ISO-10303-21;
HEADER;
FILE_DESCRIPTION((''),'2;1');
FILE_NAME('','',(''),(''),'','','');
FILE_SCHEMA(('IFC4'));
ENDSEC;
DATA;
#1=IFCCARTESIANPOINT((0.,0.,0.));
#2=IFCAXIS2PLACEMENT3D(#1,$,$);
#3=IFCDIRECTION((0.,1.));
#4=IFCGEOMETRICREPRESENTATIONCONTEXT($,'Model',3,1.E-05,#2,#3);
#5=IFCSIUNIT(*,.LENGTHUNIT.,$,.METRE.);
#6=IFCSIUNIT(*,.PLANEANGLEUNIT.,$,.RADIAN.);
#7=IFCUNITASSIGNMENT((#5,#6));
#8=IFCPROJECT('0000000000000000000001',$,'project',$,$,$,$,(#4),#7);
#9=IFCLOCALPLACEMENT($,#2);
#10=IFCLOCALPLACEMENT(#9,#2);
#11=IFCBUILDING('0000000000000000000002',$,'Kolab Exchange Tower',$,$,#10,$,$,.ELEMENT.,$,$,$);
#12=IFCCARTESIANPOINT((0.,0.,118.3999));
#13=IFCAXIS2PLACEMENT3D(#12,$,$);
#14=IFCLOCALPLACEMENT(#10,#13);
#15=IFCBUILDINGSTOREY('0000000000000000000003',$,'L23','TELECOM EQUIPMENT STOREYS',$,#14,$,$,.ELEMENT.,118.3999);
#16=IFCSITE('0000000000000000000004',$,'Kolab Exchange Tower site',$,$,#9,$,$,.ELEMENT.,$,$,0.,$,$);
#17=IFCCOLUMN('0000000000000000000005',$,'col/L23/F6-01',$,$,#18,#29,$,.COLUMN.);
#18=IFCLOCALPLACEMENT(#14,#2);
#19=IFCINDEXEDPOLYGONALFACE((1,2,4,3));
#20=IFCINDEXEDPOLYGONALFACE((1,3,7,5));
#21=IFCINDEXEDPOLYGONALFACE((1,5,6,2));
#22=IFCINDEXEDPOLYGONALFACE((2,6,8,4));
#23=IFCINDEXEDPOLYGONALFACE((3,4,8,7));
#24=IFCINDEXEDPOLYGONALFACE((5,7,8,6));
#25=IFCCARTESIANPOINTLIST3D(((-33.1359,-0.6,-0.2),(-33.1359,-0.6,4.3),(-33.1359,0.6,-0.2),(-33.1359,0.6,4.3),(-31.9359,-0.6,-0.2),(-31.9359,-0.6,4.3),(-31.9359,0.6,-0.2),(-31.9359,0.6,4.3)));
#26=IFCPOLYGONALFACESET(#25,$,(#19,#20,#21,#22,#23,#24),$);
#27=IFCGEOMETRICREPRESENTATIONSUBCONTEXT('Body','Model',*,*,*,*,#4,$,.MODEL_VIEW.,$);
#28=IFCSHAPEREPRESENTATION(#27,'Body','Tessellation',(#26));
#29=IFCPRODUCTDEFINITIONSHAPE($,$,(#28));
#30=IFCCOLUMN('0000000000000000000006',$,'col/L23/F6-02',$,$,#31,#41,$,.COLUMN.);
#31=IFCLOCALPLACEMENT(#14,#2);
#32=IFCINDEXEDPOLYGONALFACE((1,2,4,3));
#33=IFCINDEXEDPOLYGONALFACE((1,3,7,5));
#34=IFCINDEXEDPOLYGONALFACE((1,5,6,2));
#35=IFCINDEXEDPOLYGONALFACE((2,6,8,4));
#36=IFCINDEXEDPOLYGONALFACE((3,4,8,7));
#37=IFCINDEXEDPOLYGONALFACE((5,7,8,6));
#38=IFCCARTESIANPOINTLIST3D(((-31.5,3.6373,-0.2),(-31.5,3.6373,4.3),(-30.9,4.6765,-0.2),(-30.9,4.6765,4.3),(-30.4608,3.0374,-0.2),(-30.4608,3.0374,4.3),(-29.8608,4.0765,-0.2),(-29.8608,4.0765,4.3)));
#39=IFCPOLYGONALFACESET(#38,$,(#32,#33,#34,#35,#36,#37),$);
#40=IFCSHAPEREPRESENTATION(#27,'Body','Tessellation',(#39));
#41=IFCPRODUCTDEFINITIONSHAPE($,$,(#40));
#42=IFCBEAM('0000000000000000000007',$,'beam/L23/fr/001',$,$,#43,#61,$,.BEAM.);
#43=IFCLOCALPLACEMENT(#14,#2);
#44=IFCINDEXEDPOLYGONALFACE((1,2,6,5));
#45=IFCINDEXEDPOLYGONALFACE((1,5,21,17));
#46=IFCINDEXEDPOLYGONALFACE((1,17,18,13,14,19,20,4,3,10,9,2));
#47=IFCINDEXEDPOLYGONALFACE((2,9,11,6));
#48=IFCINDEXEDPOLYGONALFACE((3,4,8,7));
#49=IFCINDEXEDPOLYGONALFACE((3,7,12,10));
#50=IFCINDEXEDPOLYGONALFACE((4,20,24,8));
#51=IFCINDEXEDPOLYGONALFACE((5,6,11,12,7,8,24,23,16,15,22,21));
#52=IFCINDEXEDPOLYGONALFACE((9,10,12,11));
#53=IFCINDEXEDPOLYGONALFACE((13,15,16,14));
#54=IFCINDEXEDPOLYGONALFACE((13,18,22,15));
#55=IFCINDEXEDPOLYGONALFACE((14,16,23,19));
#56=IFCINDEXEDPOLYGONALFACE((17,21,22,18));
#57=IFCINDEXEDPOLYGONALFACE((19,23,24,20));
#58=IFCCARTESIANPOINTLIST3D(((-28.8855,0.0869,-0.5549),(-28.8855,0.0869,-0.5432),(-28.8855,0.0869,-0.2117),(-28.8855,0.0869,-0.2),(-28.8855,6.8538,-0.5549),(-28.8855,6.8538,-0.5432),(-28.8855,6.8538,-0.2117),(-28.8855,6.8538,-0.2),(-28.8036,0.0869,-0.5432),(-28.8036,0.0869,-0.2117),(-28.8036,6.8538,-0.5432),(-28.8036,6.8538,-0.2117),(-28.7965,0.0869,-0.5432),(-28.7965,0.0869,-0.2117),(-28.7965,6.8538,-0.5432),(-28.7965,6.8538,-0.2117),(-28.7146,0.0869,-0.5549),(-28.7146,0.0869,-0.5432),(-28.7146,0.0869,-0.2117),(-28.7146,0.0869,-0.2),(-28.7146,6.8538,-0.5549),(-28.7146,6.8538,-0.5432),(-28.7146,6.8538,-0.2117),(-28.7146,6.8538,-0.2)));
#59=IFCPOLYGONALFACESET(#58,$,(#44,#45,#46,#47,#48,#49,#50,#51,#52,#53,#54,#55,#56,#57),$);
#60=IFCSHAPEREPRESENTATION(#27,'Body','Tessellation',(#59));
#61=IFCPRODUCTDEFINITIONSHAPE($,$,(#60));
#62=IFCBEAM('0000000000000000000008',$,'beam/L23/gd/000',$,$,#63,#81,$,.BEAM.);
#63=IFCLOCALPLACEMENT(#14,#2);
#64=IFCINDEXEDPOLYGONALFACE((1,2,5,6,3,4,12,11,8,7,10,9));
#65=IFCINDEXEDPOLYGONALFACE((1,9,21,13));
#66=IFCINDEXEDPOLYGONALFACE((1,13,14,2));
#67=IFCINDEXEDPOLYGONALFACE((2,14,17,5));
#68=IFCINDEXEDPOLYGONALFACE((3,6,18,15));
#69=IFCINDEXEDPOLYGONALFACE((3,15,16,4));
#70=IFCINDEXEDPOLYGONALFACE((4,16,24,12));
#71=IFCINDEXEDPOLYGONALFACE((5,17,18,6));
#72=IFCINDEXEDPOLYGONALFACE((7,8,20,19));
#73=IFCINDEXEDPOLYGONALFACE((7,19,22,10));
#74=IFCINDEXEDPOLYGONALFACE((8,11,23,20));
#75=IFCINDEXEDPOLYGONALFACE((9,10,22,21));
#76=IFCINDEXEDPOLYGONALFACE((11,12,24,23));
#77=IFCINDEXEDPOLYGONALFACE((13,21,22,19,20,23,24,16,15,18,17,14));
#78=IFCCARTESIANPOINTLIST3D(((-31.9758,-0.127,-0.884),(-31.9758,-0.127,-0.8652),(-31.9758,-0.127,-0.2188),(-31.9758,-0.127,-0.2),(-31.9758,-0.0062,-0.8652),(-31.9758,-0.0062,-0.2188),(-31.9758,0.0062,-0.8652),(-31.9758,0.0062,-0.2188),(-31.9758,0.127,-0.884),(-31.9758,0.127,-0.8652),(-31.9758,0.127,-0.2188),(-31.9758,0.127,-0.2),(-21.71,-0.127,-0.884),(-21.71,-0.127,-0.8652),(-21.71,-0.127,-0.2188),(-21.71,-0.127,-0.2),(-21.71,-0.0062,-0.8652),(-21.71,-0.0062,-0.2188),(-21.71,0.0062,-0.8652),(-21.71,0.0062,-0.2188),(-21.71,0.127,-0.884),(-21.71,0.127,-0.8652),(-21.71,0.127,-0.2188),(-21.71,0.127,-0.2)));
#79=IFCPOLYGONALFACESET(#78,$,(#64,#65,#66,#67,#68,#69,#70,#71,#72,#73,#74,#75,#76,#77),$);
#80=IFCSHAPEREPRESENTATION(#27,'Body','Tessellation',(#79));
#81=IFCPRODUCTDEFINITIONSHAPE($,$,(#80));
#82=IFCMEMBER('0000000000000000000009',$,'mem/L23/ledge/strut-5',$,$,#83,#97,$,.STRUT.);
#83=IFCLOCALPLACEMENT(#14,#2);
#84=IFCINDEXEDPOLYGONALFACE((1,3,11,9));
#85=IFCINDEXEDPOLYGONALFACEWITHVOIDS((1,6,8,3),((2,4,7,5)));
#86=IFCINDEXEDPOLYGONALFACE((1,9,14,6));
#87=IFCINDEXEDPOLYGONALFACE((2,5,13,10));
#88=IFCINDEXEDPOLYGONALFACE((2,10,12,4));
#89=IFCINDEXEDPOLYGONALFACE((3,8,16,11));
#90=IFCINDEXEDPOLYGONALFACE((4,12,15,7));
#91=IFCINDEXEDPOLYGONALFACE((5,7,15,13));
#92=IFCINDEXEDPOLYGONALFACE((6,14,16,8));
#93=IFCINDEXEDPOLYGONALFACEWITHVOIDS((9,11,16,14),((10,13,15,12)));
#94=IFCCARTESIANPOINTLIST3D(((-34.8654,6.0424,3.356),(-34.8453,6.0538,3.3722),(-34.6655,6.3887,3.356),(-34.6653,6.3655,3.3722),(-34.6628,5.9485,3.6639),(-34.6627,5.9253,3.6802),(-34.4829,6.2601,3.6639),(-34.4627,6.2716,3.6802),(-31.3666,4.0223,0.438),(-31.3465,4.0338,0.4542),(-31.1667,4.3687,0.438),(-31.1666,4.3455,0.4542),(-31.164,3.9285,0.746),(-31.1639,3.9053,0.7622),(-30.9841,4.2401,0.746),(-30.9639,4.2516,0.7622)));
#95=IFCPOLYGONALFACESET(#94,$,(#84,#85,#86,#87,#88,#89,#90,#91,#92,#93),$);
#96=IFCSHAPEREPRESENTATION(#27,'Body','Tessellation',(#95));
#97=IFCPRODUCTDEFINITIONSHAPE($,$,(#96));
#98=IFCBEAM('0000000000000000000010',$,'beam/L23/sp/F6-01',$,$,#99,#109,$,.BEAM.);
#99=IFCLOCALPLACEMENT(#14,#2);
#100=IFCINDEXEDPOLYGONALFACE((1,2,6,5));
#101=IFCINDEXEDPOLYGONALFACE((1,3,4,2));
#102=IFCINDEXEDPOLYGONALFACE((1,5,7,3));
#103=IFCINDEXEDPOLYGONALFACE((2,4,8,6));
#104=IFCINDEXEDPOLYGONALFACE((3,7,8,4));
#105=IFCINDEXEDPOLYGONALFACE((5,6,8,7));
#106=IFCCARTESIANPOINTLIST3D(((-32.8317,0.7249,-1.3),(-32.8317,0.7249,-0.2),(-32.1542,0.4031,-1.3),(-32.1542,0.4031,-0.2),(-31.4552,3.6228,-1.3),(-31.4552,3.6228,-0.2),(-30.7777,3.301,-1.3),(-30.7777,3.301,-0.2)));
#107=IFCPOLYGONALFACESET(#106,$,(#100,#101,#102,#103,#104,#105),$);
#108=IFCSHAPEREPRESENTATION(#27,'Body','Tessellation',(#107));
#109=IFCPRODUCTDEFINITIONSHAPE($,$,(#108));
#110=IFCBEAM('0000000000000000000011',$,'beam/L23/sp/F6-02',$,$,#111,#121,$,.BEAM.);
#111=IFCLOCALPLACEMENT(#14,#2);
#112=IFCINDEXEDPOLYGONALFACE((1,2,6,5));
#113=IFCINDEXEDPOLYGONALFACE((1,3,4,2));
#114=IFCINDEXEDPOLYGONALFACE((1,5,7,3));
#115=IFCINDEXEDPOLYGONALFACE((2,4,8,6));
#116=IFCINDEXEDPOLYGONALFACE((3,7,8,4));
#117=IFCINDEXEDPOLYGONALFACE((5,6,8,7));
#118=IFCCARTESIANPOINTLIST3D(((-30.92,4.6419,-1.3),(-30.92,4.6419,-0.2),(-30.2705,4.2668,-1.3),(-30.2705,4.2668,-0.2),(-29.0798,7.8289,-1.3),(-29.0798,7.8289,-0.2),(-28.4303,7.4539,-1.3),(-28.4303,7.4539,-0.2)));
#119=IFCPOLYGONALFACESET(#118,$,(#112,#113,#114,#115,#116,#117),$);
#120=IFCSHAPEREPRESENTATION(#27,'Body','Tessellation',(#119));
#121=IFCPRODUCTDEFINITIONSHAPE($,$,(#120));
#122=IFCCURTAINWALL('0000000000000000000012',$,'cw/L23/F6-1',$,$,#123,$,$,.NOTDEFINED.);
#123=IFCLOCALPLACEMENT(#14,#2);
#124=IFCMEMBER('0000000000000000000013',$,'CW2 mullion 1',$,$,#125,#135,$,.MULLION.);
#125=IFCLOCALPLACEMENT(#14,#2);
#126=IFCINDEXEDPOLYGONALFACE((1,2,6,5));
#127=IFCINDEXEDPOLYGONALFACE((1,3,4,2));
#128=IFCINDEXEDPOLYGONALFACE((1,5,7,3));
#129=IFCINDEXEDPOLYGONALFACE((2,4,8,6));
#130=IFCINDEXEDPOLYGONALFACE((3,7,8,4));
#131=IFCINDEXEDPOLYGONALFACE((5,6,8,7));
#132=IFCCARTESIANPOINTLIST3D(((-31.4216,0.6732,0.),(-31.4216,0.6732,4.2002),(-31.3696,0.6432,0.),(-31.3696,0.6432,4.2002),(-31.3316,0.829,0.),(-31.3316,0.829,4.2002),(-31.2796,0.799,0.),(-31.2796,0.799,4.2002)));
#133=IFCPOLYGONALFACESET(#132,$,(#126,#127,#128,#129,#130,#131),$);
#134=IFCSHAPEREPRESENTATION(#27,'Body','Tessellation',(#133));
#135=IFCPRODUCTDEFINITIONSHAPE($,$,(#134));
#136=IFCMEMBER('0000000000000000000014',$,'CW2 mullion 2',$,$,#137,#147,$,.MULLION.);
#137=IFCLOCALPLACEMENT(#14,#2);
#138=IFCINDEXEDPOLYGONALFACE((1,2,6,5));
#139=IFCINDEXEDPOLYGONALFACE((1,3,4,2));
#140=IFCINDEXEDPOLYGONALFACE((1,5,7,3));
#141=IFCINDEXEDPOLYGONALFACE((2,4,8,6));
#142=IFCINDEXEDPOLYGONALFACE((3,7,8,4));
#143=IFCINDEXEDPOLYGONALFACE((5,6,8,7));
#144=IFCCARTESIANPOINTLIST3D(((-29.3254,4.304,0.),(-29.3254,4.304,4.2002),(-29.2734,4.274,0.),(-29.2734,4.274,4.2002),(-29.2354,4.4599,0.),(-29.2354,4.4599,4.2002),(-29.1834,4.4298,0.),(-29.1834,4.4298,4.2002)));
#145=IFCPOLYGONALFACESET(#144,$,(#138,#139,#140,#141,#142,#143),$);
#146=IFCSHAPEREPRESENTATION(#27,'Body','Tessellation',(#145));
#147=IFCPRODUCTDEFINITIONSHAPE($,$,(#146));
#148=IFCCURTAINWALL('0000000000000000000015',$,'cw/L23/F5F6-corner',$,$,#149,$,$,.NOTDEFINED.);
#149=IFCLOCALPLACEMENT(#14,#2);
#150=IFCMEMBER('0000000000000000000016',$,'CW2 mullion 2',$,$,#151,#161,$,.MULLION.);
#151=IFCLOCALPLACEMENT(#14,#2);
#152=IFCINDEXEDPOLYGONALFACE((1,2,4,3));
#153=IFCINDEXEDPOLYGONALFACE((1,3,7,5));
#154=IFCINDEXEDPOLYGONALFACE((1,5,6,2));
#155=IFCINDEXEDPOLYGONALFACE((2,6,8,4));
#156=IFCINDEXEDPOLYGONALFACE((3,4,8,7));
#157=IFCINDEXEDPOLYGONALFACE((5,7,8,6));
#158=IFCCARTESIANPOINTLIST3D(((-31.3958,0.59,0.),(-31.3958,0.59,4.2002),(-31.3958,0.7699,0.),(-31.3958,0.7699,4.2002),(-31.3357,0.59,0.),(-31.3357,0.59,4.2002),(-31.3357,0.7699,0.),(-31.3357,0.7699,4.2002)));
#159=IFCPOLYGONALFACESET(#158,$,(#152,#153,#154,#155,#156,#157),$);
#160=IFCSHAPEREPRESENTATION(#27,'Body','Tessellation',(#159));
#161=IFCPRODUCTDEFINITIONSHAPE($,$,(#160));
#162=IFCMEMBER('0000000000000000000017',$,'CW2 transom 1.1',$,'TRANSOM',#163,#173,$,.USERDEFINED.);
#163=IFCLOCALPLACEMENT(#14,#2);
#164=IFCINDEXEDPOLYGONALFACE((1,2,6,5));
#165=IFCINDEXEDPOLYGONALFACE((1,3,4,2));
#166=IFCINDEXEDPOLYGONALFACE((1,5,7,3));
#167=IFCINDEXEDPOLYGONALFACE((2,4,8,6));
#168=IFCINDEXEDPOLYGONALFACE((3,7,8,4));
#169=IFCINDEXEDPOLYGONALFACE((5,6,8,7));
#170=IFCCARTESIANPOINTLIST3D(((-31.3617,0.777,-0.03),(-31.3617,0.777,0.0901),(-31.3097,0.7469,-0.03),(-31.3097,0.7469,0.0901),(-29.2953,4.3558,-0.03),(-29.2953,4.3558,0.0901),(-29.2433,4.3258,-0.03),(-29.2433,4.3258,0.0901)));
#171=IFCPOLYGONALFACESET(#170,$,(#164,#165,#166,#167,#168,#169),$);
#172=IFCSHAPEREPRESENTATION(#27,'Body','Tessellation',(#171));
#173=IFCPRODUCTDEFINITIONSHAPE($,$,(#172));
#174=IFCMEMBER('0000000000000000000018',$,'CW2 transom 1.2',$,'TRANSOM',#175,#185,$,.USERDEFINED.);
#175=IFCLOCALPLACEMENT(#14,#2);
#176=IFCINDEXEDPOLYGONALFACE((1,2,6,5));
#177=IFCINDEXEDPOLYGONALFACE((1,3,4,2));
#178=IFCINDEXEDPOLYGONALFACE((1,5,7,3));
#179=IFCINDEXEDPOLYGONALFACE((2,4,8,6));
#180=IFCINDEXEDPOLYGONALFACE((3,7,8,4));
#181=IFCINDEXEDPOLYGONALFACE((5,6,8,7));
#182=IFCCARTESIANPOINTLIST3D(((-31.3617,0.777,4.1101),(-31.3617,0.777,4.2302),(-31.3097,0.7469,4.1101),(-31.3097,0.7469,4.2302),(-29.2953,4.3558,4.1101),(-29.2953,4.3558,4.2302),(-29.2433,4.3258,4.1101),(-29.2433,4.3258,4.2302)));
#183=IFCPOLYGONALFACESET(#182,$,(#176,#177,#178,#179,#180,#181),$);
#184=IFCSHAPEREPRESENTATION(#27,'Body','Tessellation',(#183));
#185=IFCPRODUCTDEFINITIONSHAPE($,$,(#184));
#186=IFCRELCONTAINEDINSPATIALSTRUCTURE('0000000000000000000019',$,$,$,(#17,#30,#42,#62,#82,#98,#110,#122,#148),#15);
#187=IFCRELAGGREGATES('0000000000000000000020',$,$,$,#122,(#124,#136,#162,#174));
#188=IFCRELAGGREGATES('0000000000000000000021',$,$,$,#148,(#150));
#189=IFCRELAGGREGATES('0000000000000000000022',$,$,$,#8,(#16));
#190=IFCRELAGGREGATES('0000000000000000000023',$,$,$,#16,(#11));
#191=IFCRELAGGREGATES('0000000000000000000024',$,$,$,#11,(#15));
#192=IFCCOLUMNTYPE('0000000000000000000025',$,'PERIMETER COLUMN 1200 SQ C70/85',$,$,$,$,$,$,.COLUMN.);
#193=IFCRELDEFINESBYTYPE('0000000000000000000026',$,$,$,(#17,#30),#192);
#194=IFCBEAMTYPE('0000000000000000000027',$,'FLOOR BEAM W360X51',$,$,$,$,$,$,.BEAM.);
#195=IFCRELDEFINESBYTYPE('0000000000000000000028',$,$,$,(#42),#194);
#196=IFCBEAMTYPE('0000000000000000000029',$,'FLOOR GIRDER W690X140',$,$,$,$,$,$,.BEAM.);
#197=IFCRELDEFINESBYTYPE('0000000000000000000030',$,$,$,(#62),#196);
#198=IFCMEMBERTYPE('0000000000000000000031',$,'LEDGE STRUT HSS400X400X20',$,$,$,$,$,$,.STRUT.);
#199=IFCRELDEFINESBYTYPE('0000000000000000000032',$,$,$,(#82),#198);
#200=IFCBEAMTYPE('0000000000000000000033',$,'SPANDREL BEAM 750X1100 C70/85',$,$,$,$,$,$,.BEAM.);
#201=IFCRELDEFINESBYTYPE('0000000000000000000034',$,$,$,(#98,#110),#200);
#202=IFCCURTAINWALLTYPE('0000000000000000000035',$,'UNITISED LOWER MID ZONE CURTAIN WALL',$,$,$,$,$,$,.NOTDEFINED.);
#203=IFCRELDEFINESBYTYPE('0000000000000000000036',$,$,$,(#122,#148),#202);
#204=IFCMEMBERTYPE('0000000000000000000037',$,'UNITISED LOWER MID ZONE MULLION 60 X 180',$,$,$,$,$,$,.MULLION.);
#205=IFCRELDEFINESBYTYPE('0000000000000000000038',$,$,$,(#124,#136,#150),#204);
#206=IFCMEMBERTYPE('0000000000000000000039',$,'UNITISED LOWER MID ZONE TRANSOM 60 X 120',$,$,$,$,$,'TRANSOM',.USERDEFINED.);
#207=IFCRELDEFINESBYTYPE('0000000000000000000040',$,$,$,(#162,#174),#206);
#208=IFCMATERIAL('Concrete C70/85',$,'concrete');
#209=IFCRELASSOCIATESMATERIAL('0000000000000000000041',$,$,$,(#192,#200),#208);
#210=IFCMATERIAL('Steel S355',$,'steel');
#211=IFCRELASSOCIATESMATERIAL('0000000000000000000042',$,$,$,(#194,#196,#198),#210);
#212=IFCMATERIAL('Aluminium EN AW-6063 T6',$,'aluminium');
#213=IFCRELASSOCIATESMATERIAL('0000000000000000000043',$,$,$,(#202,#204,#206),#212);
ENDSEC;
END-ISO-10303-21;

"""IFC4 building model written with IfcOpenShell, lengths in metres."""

from ifc_helpers import new_model, si_unit, direction, frame, origin, origin_2d, place, context, subcontext, project, spatial, rectangle, hollow_rectangle, i_section, extrude, material, material_profile, profile_set, type_object, element, aggregate, save


model = new_model("IFC4")

# Units and contexts
model_context = context("Model", 3, precision=1e-05, world=origin(), true_north=direction((0.0, 1.0)))
body_context = subcontext(model_context, "Body", "Model", "MODEL_VIEW")
ifc_project = project(units=[si_unit("LENGTHUNIT", "METRE"), si_unit("PLANEANGLEUNIT", "RADIAN")], contexts=[model_context])

# Site, building, storey
site_placement = place(None, origin())
site = spatial("IfcSite", under=ifc_project, at=site_placement, Name="Kolab Exchange Tower site", CompositionType="ELEMENT", RefElevation=0.0)
building_placement = place(site_placement, origin())
building = spatial("IfcBuilding", under=site, at=building_placement, Name="Kolab Exchange Tower", CompositionType="ELEMENT")
storey_placement = place(building_placement, frame((0.0, 0.0, 118.3999)))
storey = spatial("IfcBuildingStorey", under=building, at=storey_placement, Name="L23", Description="TELECOM EQUIPMENT STOREYS", CompositionType="ELEMENT", Elevation=118.3999)

# Columns
ifc_material_1 = material(Name="Concrete C70/85", Category="concrete")
ifc_material_profile_1 = material_profile(ifc_material_1, rectangle(XDim=1.2, YDim=1.2, at=origin_2d()), Name="RC1200")
ifc_profile_set_1 = profile_set([ifc_material_profile_1], Name="Concrete C70/85")
column_type = type_object("IfcColumnType", Name="PERIMETER COLUMN 1200 SQ C70/85", PredefinedType="COLUMN", material=ifc_profile_set_1)
for number, where, z_axis, x_axis, name in (
    (1, (-32.5359, 0.0, -0.2), (0.0, 0.0, 1.0), (1.0, 0.0, 0.0), "col/L23/F6-01"),
    (2, (-30.6804, 3.8569, -0.2), (0.0, 0.0, 1.0), (0.5, 0.866025, 0.0), "col/L23/F6-02"),
):
    element("IfcColumn", number, at=place(storey_placement, frame(where, z_axis=z_axis, x_axis=x_axis)), inside=storey, type_object=column_type, Name=name, PredefinedType="COLUMN", context=body_context, shape_type="SweptSolid", body=[
        extrude(rectangle(XDim=1.2, YDim=1.2, at=origin_2d()), origin(), (0.0, 0.0, 1.0), 4.5),
    ])

# Beams
ifc_material_2 = material(Name="Steel S355", Category="steel")
ifc_material_profile_2 = material_profile(ifc_material_2, i_section(OverallWidth=0.1709, OverallDepth=0.355, WebThickness=0.0071, FlangeThickness=0.0117, at=origin_2d()), Name="W360X51")
ifc_profile_set_2 = profile_set([ifc_material_profile_2], Name="Steel S355")
beam_type_1 = type_object("IfcBeamType", Name="FLOOR BEAM W360X51", PredefinedType="BEAM", material=ifc_profile_set_2)
beam_1_placement = place(storey_placement, frame((-28.8, 0.0869, -0.3774), z_axis=(0.0, 1.0, 0.0), x_axis=(-1.0, 0.0, 0.0)))
element("IfcBeam", 3, at=beam_1_placement, inside=storey, type_object=beam_type_1, Name="beam/L23/fr/001", PredefinedType="BEAM", context=body_context, shape_type="SweptSolid", body=[
    extrude(i_section(OverallWidth=0.1709, OverallDepth=0.355, WebThickness=0.0071, FlangeThickness=0.0117, at=origin_2d()), origin(), (0.0, 0.0, 1.0), 6.7668),
])
ifc_material_profile_3 = material_profile(ifc_material_2, i_section(OverallWidth=0.2539, OverallDepth=0.6841, WebThickness=0.0125, FlangeThickness=0.0188, at=origin_2d()), Name="W690X140")
ifc_profile_set_3 = profile_set([ifc_material_profile_3], Name="Steel S355")
beam_type_2 = type_object("IfcBeamType", Name="FLOOR GIRDER W690X140", PredefinedType="BEAM", material=ifc_profile_set_3)
beam_2_placement = place(storey_placement, frame((-31.9758, 0.0, -0.542), z_axis=(1.0, 0.0, 0.0), x_axis=(0.0, 1.0, 0.0)))
element("IfcBeam", 4, at=beam_2_placement, inside=storey, type_object=beam_type_2, Name="beam/L23/gd/000", PredefinedType="BEAM", context=body_context, shape_type="SweptSolid", body=[
    extrude(i_section(OverallWidth=0.2539, OverallDepth=0.6841, WebThickness=0.0125, FlangeThickness=0.0188, at=origin_2d()), origin(), (0.0, 0.0, 1.0), 10.2659),
])

# Member
ifc_material_profile_4 = material_profile(ifc_material_2, hollow_rectangle(XDim=0.3999, YDim=0.3999, WallThickness=0.02, at=origin_2d()), Name="HSS400X400X20")
ifc_profile_set_4 = profile_set([ifc_material_profile_4], Name="Steel S355")
member_type_1 = type_object("IfcMemberType", Name="LEDGE STRUT HSS400X400X20", PredefinedType="STRUT", material=ifc_profile_set_4)
member_1_placement = place(storey_placement, frame((-31.1653, 4.137, 0.6001), z_axis=(-0.702056, 0.405332, 0.585512), x_axis=(-0.5, -0.866026, 0.0)))
element("IfcMember", 5, at=member_1_placement, inside=storey, type_object=member_type_1, Name="mem/L23/ledge/strut-5", PredefinedType="STRUT", context=body_context, shape_type="SweptSolid", body=[
    extrude(hollow_rectangle(XDim=0.3999, YDim=0.3999, WallThickness=0.02, at=origin_2d()), origin(), (0.0, 0.0, 1.0), 4.9836),
])

# Beams
ifc_material_profile_5 = material_profile(ifc_material_1, rectangle(XDim=0.75, YDim=1.1001, at=origin_2d()), Name="RC750X1100")
ifc_profile_set_5 = profile_set([ifc_material_profile_5], Name="Concrete C70/85")
beam_type_3 = type_object("IfcBeamType", Name="SPANDREL BEAM 750X1100 C70/85", PredefinedType="BEAM", material=ifc_profile_set_5)
beam_3_placement = place(storey_placement, frame((-32.4929, 0.564, -0.75), z_axis=(0.429041, 0.903285, 0.0), x_axis=(-0.903285, 0.429041, 0.0)))
element("IfcBeam", 6, at=beam_3_placement, inside=storey, type_object=beam_type_3, Name="beam/L23/sp/F6-01", PredefinedType="BEAM", context=body_context, shape_type="SweptSolid", body=[
    extrude(rectangle(XDim=0.75, YDim=1.1001, at=origin_2d()), origin(), (0.0, 0.0, 1.0), 3.2083),
])
beam_4_placement = place(storey_placement, frame((-30.5952, 4.4543, -0.75), z_axis=(0.500013, 0.866018, 0.0), x_axis=(-0.866018, 0.500013, 0.0)))
element("IfcBeam", 7, at=beam_4_placement, inside=storey, type_object=beam_type_3, Name="beam/L23/sp/F6-02", PredefinedType="BEAM", context=body_context, shape_type="SweptSolid", body=[
    extrude(rectangle(XDim=0.75, YDim=1.1001, at=origin_2d()), origin(), (0.0, 0.0, 1.0), 3.6802),
])

# Curtain wall, members
ifc_material_3 = material(Name="Aluminium EN AW-6063 T6", Category="aluminium")
curtain_wall_type = type_object("IfcCurtainWallType", Name="UNITISED LOWER MID ZONE CURTAIN WALL", PredefinedType="NOTDEFINED", material=ifc_material_3)
curtain_wall_1_placement = place(storey_placement, origin())
curtain_wall_1 = element("IfcCurtainWall", 8, at=curtain_wall_1_placement, inside=storey, type_object=curtain_wall_type, Name="cw/L23/F6-1", PredefinedType="NOTDEFINED")
ifc_material_profile_6 = material_profile(ifc_material_3, rectangle(XDim=0.0601, YDim=0.1799, at=origin_2d()), Name="RECT 60X180")
ifc_profile_set_6 = profile_set([ifc_material_profile_6], Name="Aluminium EN AW-6063 T6")
member_type_2 = type_object("IfcMemberType", Name="UNITISED LOWER MID ZONE MULLION 60 X 180", PredefinedType="MULLION", material=ifc_profile_set_6)
member_2_placement = place(storey_placement, frame((-31.3506, 0.7361, 0.0), z_axis=(0.0, 0.0, 1.0), x_axis=(-0.866025, 0.5, 0.0)))
member_2 = element("IfcMember", 9, at=member_2_placement, type_object=member_type_2, Name="CW2 mullion 1", PredefinedType="MULLION", context=body_context, shape_type="SweptSolid", body=[
    extrude(rectangle(XDim=0.0601, YDim=0.1799, at=origin_2d()), origin(), (0.0, 0.0, 1.0), 4.2002),
])
member_3_placement = place(storey_placement, frame((-29.2544, 4.3669, 0.0), z_axis=(0.0, 0.0, 1.0), x_axis=(-0.866025, 0.5, 0.0)))
member_3 = element("IfcMember", 10, at=member_3_placement, type_object=member_type_2, Name="CW2 mullion 2", PredefinedType="MULLION", context=body_context, shape_type="SweptSolid", body=[
    extrude(rectangle(XDim=0.0601, YDim=0.1799, at=origin_2d()), origin(), (0.0, 0.0, 1.0), 4.2002),
])

# Curtain wall, member
curtain_wall_2_placement = place(storey_placement, origin())
curtain_wall_2 = element("IfcCurtainWall", 11, at=curtain_wall_2_placement, inside=storey, type_object=curtain_wall_type, Name="cw/L23/F5F6-corner", PredefinedType="NOTDEFINED")
member_4_placement = place(storey_placement, frame((-31.3657, 0.6799, 0.0), z_axis=(0.0, 0.0, 1.0), x_axis=(-1.0, 0.0, 0.0)))
member_4 = element("IfcMember", 12, at=member_4_placement, type_object=member_type_2, Name="CW2 mullion 2", PredefinedType="MULLION", context=body_context, shape_type="SweptSolid", body=[
    extrude(rectangle(XDim=0.0601, YDim=0.1799, at=origin_2d()), origin(), (0.0, 0.0, 1.0), 4.2002),
])

# Members
ifc_material_profile_7 = material_profile(ifc_material_3, rectangle(XDim=0.0601, YDim=0.1201, at=origin_2d()), Name="RECT 60X120")
ifc_profile_set_7 = profile_set([ifc_material_profile_7], Name="Aluminium EN AW-6063 T6")
member_type_3 = type_object("IfcMemberType", Name="UNITISED LOWER MID ZONE TRANSOM 60 X 120", ElementType="TRANSOM", PredefinedType="USERDEFINED", material=ifc_profile_set_7)
member_5_placement = place(storey_placement, frame((-31.3357, 0.762, 0.03), z_axis=(0.500028, 0.866009, 0.0), x_axis=(-0.866009, 0.500028, 0.0)))
member_5 = element("IfcMember", 13, at=member_5_placement, type_object=member_type_3, Name="CW2 transom 1.1", ObjectType="TRANSOM", PredefinedType="USERDEFINED", context=body_context, shape_type="SweptSolid", body=[
    extrude(rectangle(XDim=0.0601, YDim=0.1201, at=origin_2d()), origin(), (0.0, 0.0, 1.0), 4.1326),
])
member_6_placement = place(storey_placement, frame((-31.3357, 0.762, 4.1702), z_axis=(0.500028, 0.866009, 0.0), x_axis=(-0.866009, 0.500028, 0.0)))
member_6 = element("IfcMember", 14, at=member_6_placement, type_object=member_type_3, Name="CW2 transom 1.2", ObjectType="TRANSOM", PredefinedType="USERDEFINED", context=body_context, shape_type="SweptSolid", body=[
    extrude(rectangle(XDim=0.0601, YDim=0.1201, at=origin_2d()), origin(), (0.0, 0.0, 1.0), 4.1326),
])

aggregate(curtain_wall_1, [member_2, member_3, member_5, member_6])
aggregate(curtain_wall_2, [member_4])

save(model, "model.ifc")
